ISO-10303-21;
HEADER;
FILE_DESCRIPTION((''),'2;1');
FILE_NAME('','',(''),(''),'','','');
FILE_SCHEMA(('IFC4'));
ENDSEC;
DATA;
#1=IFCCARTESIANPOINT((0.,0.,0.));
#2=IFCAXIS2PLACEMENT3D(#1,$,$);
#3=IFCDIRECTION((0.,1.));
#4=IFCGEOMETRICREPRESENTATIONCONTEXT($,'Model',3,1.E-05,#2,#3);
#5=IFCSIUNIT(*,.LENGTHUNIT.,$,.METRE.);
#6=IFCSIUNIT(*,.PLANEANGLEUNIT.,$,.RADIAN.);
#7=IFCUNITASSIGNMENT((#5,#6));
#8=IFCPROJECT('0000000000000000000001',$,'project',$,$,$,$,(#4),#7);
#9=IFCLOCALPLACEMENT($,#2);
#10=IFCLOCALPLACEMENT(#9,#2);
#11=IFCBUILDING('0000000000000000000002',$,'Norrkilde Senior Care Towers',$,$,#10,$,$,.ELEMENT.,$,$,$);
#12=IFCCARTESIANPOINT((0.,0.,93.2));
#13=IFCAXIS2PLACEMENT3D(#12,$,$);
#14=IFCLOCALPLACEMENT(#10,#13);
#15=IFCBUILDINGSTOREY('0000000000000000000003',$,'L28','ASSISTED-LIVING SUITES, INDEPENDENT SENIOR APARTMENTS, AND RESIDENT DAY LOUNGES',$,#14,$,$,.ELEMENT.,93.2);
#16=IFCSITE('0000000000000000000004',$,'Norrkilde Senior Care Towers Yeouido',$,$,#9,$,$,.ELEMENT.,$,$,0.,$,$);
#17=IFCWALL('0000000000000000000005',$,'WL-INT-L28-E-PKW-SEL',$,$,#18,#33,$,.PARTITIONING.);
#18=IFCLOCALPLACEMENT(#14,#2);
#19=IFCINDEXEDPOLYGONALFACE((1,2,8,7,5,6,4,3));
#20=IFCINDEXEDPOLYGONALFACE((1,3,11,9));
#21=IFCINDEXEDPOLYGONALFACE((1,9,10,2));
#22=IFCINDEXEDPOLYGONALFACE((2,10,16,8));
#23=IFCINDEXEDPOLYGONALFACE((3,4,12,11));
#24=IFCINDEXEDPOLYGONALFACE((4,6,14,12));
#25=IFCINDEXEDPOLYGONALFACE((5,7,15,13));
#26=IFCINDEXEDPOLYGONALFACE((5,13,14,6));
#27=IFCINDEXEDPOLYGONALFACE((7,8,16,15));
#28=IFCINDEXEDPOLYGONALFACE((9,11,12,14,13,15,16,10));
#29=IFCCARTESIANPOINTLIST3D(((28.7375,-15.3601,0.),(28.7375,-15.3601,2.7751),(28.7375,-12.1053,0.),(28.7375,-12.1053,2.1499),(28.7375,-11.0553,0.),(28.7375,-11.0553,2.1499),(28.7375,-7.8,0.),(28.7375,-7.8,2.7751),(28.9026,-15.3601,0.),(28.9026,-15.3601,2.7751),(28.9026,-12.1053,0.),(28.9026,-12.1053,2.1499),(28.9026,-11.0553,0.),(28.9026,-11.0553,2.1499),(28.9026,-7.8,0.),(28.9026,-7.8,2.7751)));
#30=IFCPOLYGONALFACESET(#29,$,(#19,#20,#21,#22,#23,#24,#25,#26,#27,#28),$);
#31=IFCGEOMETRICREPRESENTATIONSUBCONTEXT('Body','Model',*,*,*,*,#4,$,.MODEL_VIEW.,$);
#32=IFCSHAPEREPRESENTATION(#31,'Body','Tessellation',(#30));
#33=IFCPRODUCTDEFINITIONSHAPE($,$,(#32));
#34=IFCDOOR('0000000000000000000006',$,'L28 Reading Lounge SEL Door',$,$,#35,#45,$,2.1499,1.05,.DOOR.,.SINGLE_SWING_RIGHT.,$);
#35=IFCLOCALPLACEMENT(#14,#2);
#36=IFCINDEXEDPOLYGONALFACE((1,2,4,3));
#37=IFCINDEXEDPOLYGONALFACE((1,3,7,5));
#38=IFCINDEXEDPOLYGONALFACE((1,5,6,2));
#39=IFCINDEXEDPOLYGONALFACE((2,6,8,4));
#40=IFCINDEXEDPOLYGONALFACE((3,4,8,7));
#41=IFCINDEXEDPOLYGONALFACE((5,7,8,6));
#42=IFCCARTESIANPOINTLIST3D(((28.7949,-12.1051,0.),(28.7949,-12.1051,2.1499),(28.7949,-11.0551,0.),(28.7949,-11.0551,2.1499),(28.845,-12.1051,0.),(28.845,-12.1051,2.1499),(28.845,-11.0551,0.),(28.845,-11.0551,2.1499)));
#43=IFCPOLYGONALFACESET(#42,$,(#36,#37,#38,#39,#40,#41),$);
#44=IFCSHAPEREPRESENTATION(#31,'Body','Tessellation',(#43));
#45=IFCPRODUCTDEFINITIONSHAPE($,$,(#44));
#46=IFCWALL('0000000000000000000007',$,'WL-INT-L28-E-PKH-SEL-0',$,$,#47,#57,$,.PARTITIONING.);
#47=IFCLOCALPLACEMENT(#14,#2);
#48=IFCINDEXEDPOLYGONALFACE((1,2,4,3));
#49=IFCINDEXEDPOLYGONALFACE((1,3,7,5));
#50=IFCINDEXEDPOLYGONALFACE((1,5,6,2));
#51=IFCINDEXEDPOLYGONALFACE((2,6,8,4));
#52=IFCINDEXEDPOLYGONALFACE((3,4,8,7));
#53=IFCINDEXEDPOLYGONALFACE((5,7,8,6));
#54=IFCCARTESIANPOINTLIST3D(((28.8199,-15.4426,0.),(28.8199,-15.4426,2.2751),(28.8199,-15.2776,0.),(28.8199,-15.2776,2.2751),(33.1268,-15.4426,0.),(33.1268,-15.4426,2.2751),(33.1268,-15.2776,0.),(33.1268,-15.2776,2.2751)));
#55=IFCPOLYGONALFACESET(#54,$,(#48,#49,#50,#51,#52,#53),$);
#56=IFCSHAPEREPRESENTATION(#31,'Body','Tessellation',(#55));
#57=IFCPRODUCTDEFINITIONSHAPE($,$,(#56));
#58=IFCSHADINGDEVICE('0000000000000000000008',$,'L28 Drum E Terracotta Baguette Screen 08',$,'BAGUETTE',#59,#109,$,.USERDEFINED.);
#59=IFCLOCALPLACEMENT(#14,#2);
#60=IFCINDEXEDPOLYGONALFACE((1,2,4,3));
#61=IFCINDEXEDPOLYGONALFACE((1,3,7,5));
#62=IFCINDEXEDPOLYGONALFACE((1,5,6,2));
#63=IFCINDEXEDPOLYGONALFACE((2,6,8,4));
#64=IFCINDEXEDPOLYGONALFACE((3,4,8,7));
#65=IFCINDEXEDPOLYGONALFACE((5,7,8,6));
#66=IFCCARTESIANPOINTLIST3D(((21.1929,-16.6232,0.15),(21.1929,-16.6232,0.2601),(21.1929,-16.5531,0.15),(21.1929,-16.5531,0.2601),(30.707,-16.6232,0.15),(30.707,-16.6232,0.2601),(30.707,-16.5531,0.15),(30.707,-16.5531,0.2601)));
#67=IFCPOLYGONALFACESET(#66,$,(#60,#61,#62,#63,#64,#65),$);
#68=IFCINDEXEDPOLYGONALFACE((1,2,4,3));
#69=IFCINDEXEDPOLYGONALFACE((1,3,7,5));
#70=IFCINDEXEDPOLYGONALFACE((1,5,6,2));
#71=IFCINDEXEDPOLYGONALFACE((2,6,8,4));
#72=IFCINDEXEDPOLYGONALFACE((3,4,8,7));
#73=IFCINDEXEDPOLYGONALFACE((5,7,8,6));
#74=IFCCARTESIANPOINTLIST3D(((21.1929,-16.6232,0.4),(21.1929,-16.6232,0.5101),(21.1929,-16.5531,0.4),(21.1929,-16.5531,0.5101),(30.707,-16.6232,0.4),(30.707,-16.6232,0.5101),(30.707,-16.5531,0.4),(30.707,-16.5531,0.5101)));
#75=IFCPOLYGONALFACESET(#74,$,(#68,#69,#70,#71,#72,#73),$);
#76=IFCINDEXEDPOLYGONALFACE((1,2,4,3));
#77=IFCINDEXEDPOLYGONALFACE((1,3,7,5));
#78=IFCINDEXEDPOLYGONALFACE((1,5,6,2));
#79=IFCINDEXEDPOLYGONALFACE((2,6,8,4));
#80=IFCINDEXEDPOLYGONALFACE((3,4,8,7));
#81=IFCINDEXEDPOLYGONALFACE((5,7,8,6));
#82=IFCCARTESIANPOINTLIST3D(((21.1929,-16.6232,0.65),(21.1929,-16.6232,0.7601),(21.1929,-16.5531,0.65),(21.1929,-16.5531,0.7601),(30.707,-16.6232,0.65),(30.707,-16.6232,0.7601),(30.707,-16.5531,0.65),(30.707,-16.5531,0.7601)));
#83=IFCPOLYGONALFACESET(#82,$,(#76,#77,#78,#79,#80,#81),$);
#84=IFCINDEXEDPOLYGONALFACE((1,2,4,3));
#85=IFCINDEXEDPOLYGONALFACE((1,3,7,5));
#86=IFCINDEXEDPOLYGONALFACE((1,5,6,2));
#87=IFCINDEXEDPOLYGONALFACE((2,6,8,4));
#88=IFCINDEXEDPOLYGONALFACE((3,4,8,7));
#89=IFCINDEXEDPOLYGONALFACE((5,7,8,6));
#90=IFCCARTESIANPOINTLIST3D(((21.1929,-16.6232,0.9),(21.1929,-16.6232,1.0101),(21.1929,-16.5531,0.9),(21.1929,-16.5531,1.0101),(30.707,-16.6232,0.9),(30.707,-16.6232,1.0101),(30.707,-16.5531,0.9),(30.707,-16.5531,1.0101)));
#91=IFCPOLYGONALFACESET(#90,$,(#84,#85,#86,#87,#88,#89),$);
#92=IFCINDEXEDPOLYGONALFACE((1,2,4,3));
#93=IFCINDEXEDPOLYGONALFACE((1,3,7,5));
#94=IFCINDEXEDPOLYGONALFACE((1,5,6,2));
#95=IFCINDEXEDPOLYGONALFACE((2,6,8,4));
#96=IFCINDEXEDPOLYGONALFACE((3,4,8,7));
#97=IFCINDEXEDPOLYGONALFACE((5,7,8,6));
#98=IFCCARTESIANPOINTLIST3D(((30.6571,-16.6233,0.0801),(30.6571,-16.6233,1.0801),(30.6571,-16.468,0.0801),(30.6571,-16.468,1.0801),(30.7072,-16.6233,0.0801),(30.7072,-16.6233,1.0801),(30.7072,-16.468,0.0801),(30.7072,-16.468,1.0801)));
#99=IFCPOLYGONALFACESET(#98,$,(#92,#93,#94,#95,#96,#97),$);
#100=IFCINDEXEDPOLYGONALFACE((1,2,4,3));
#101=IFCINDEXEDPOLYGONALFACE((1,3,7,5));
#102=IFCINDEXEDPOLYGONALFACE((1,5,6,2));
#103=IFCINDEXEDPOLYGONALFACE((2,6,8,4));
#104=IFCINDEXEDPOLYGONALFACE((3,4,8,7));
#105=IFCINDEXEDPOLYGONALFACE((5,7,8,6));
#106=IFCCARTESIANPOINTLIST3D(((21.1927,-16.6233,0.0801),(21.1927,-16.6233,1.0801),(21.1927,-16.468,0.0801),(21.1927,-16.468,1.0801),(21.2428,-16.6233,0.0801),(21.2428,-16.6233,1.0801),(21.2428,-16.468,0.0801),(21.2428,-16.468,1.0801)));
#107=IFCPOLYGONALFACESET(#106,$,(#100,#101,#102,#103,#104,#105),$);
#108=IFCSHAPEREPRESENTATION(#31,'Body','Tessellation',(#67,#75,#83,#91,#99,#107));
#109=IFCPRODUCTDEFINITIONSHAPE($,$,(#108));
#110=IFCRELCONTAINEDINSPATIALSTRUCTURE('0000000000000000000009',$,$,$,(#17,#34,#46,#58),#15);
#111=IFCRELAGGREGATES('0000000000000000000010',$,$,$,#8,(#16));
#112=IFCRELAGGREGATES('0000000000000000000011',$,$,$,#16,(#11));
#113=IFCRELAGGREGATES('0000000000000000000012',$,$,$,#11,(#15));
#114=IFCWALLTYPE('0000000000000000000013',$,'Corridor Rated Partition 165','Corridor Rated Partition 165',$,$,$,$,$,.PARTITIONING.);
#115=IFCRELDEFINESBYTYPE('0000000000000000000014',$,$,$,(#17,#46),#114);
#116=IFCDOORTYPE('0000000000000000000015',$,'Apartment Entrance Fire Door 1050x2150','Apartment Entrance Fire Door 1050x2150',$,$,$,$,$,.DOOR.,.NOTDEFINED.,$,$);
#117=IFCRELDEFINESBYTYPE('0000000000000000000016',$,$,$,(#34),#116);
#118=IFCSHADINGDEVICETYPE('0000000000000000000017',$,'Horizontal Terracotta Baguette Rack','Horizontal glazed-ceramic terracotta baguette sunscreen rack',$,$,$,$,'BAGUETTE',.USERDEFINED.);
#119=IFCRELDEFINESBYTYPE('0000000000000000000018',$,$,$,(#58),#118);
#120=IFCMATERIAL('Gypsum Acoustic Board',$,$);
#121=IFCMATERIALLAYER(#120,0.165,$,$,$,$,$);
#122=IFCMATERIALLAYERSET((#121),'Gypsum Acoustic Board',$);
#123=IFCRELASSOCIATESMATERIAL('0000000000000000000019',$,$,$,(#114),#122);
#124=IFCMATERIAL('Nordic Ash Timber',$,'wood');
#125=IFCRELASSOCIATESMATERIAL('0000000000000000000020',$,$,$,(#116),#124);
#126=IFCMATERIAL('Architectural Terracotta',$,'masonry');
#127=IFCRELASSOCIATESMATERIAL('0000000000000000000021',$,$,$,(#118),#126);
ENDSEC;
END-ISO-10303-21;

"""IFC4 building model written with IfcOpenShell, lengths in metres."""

from ifc_helpers import new_model, si_unit, direction, frame, frame_2d, origin, origin_2d, place, context, subcontext, project, spatial, rectangle, extrude, source, transform, mapped, material, layer, layer_set, type_object, type_shapes, element, fill, save


model = new_model("IFC4")

# Units and contexts
model_context = context("Model", 3, precision=1e-05, world=origin(), true_north=direction((0.0, 1.0)))
body_context = subcontext(model_context, "Body", "Model", "MODEL_VIEW")
ifc_project = project(units=[si_unit("LENGTHUNIT", "METRE"), si_unit("PLANEANGLEUNIT", "RADIAN")], contexts=[model_context])

# Site, building, storey
site_placement = place(None, origin())
site = spatial("IfcSite", under=ifc_project, at=site_placement, Name="Norrkilde Senior Care Towers Yeouido", CompositionType="ELEMENT", RefElevation=0.0)
building_placement = place(site_placement, origin())
building = spatial("IfcBuilding", under=site, at=building_placement, Name="Norrkilde Senior Care Towers", CompositionType="ELEMENT")
storey_placement = place(building_placement, frame((0.0, 0.0, 93.2)))
storey = spatial("IfcBuildingStorey", under=building, at=storey_placement, Name="L28", Description="ASSISTED-LIVING SUITES, INDEPENDENT SENIOR APARTMENTS, AND RESIDENT DAY LOUNGES", CompositionType="ELEMENT", Elevation=93.2)

# Shared definitions
ifc_material_1 = material(Name="Gypsum Acoustic Board")

# Shared definitions
ifc_layer_1 = layer(ifc_material_1, 0.165)
ifc_layer_set_1 = layer_set([ifc_layer_1], Name="Gypsum Acoustic Board")
wall_type_1 = type_object("IfcWallType", Name="Corridor Rated Partition 165", Description="Corridor Rated Partition 165", PredefinedType="PARTITIONING", material=ifc_layer_set_1)

# Wall, opening, door
shared_shape_1 = source(origin(), body_context, "Body", "SweptSolid", [
    extrude(rectangle(XDim=7.5601, YDim=0.165, at=frame_2d((3.78, 0.0))), origin(), (0.0, 0.0, 1.0), 2.7751),
])
ifc_material_2 = material(Name="Nordic Ash Timber", Category="wood")
door_type_1 = type_object("IfcDoorType", Name="Apartment Entrance Fire Door 1050x2150", Description="Apartment Entrance Fire Door 1050x2150", OperationType="NOTDEFINED", PredefinedType="DOOR", material=ifc_material_2)
shared_shape_2 = source(origin(), body_context, "Body", "SweptSolid", [
    extrude(rectangle(XDim=1.05, YDim=2.1499, at=frame_2d((0.5249, 1.075))), frame((0.0, 0.0249, 0.0), z_axis=(0.0, -1.0, 0.0), x_axis=(1.0, 0.0, 0.0)), (0.0, 0.0, 1.0), 0.05),
])
type_shapes(door_type_1, [shared_shape_2])
wall_1_placement = place(storey_placement, frame((28.8201, -15.3601, 0.0), z_axis=(0.0, 0.0, 1.0), x_axis=(0.0, 1.0, 0.0)))
wall_1 = element("IfcWall", 1, at=wall_1_placement, inside=storey, type_object=wall_type_1, Name="WL-INT-L28-E-PKW-SEL", PredefinedType="PARTITIONING", context=body_context, shape_type="MappedRepresentation", body=[
    mapped(shared_shape_1, transform((0.0, 0.0, 0.0), x_axis=(1.0, 0.0, 0.0), y_axis=(0.0, 1.0, 0.0), z_axis=(0.0, 0.0, 1.0), scale=1.0)),
])
opening_1_placement = place(wall_1_placement, frame((3.2549, 0.0, 0.0)))
opening_1 = element("IfcOpeningElement", 2, at=opening_1_placement, cuts=wall_1, PredefinedType="OPENING", context=body_context, shape_type="SweptSolid", body=[
    extrude(rectangle(XDim=1.05, YDim=2.1499, at=frame_2d((0.5249, 1.075))), frame((0.0, 0.0925, 0.0), z_axis=(0.0, -1.0, 0.0), x_axis=(1.0, 0.0, 0.0)), (0.0, 0.0, 1.0), 0.1851),
])
door_1_placement = place(opening_1_placement, frame((1.05, 0.0, 0.0), z_axis=(0.0, 0.0, 1.0), x_axis=(-1.0, 0.0, 0.0)))
door_1 = element("IfcDoor", 3, at=door_1_placement, inside=storey, type_object=door_type_1, Name="L28 Reading Lounge SEL Door", OperationType="SINGLE_SWING_RIGHT", OverallHeight=2.1499, OverallWidth=1.05, PredefinedType="DOOR", context=body_context, shape_type="MappedRepresentation", body=[
    mapped(shared_shape_2, transform((0.0, 0.0, 0.0), x_axis=(1.0, 0.0, 0.0), y_axis=(0.0, 1.0, 0.0), z_axis=(0.0, 0.0, 1.0), scale=1.0)),
])
fill(opening_1, door_1)

# Wall
shared_shape_3 = source(origin(), body_context, "Body", "SweptSolid", [
    extrude(rectangle(XDim=4.3069, YDim=0.165, at=frame_2d((2.1533, 0.0))), origin(), (0.0, 0.0, 1.0), 2.2751),
])
wall_2_placement = place(storey_placement, frame((28.8201, -15.3601, 0.0), z_axis=(0.0, 0.0, 1.0), x_axis=(1.0, 0.0, 0.0)))
element("IfcWall", 4, at=wall_2_placement, inside=storey, type_object=wall_type_1, Name="WL-INT-L28-E-PKH-SEL-0", PredefinedType="PARTITIONING", context=body_context, shape_type="MappedRepresentation", body=[
    mapped(shared_shape_3, transform((0.0, 0.0, 0.0), x_axis=(1.0, 0.0, 0.0), y_axis=(0.0, 1.0, 0.0), z_axis=(0.0, 0.0, 1.0), scale=1.0)),
])

# Shading device
ifc_material_3 = material(Name="Architectural Terracotta", Category="masonry")
shading_device_type = type_object("IfcShadingDeviceType", Name="Horizontal Terracotta Baguette Rack", Description="Horizontal glazed-ceramic terracotta baguette sunscreen rack", ElementType="BAGUETTE", PredefinedType="USERDEFINED", material=ifc_material_3)
shared_shape_4 = source(origin(), body_context, "Body", "SweptSolid", [
    extrude(rectangle(XDim=0.0701, YDim=0.1101, at=origin_2d()), frame((0.0, 0.0901, 0.125), z_axis=(1.0, 0.0, 0.0), x_axis=(0.0, 1.0, 0.0)), (0.0, 0.0, 1.0), 9.5142),
    extrude(rectangle(XDim=0.0701, YDim=0.1101, at=origin_2d()), frame((0.0, 0.0901, 0.375), z_axis=(1.0, 0.0, 0.0), x_axis=(0.0, 1.0, 0.0)), (0.0, 0.0, 1.0), 9.5142),
    extrude(rectangle(XDim=0.0701, YDim=0.1101, at=origin_2d()), frame((0.0, 0.0901, 0.625), z_axis=(1.0, 0.0, 0.0), x_axis=(0.0, 1.0, 0.0)), (0.0, 0.0, 1.0), 9.5142),
    extrude(rectangle(XDim=0.0701, YDim=0.1101, at=origin_2d()), frame((0.0, 0.0901, 0.875), z_axis=(1.0, 0.0, 0.0), x_axis=(0.0, 1.0, 0.0)), (0.0, 0.0, 1.0), 9.5142),
    extrude(rectangle(XDim=0.05, YDim=0.1553, at=origin_2d()), frame((0.0249, 0.0476, 0.0)), (0.0, 0.0, 1.0), 1.0),
    extrude(rectangle(XDim=0.05, YDim=0.1553, at=origin_2d()), frame((9.4893, 0.0476, 0.0)), (0.0, 0.0, 1.0), 1.0),
])
type_shapes(shading_device_type, [shared_shape_4])
shading_device_placement = place(storey_placement, frame((30.707, -16.498, 0.0801), z_axis=(0.0, 0.0, 1.0), x_axis=(-1.0, 0.0, 0.0)))
element("IfcShadingDevice", 5, at=shading_device_placement, inside=storey, type_object=shading_device_type, Name="L28 Drum E Terracotta Baguette Screen 08", ObjectType="BAGUETTE", PredefinedType="USERDEFINED", context=body_context, shape_type="MappedRepresentation", body=[
    mapped(shared_shape_4, transform((0.0, 0.0, 0.0), x_axis=(1.0, 0.0, 0.0), y_axis=(0.0, 1.0, 0.0), z_axis=(0.0, 0.0, 1.0), scale=1.0)),
])

save(model, "model.ifc")
